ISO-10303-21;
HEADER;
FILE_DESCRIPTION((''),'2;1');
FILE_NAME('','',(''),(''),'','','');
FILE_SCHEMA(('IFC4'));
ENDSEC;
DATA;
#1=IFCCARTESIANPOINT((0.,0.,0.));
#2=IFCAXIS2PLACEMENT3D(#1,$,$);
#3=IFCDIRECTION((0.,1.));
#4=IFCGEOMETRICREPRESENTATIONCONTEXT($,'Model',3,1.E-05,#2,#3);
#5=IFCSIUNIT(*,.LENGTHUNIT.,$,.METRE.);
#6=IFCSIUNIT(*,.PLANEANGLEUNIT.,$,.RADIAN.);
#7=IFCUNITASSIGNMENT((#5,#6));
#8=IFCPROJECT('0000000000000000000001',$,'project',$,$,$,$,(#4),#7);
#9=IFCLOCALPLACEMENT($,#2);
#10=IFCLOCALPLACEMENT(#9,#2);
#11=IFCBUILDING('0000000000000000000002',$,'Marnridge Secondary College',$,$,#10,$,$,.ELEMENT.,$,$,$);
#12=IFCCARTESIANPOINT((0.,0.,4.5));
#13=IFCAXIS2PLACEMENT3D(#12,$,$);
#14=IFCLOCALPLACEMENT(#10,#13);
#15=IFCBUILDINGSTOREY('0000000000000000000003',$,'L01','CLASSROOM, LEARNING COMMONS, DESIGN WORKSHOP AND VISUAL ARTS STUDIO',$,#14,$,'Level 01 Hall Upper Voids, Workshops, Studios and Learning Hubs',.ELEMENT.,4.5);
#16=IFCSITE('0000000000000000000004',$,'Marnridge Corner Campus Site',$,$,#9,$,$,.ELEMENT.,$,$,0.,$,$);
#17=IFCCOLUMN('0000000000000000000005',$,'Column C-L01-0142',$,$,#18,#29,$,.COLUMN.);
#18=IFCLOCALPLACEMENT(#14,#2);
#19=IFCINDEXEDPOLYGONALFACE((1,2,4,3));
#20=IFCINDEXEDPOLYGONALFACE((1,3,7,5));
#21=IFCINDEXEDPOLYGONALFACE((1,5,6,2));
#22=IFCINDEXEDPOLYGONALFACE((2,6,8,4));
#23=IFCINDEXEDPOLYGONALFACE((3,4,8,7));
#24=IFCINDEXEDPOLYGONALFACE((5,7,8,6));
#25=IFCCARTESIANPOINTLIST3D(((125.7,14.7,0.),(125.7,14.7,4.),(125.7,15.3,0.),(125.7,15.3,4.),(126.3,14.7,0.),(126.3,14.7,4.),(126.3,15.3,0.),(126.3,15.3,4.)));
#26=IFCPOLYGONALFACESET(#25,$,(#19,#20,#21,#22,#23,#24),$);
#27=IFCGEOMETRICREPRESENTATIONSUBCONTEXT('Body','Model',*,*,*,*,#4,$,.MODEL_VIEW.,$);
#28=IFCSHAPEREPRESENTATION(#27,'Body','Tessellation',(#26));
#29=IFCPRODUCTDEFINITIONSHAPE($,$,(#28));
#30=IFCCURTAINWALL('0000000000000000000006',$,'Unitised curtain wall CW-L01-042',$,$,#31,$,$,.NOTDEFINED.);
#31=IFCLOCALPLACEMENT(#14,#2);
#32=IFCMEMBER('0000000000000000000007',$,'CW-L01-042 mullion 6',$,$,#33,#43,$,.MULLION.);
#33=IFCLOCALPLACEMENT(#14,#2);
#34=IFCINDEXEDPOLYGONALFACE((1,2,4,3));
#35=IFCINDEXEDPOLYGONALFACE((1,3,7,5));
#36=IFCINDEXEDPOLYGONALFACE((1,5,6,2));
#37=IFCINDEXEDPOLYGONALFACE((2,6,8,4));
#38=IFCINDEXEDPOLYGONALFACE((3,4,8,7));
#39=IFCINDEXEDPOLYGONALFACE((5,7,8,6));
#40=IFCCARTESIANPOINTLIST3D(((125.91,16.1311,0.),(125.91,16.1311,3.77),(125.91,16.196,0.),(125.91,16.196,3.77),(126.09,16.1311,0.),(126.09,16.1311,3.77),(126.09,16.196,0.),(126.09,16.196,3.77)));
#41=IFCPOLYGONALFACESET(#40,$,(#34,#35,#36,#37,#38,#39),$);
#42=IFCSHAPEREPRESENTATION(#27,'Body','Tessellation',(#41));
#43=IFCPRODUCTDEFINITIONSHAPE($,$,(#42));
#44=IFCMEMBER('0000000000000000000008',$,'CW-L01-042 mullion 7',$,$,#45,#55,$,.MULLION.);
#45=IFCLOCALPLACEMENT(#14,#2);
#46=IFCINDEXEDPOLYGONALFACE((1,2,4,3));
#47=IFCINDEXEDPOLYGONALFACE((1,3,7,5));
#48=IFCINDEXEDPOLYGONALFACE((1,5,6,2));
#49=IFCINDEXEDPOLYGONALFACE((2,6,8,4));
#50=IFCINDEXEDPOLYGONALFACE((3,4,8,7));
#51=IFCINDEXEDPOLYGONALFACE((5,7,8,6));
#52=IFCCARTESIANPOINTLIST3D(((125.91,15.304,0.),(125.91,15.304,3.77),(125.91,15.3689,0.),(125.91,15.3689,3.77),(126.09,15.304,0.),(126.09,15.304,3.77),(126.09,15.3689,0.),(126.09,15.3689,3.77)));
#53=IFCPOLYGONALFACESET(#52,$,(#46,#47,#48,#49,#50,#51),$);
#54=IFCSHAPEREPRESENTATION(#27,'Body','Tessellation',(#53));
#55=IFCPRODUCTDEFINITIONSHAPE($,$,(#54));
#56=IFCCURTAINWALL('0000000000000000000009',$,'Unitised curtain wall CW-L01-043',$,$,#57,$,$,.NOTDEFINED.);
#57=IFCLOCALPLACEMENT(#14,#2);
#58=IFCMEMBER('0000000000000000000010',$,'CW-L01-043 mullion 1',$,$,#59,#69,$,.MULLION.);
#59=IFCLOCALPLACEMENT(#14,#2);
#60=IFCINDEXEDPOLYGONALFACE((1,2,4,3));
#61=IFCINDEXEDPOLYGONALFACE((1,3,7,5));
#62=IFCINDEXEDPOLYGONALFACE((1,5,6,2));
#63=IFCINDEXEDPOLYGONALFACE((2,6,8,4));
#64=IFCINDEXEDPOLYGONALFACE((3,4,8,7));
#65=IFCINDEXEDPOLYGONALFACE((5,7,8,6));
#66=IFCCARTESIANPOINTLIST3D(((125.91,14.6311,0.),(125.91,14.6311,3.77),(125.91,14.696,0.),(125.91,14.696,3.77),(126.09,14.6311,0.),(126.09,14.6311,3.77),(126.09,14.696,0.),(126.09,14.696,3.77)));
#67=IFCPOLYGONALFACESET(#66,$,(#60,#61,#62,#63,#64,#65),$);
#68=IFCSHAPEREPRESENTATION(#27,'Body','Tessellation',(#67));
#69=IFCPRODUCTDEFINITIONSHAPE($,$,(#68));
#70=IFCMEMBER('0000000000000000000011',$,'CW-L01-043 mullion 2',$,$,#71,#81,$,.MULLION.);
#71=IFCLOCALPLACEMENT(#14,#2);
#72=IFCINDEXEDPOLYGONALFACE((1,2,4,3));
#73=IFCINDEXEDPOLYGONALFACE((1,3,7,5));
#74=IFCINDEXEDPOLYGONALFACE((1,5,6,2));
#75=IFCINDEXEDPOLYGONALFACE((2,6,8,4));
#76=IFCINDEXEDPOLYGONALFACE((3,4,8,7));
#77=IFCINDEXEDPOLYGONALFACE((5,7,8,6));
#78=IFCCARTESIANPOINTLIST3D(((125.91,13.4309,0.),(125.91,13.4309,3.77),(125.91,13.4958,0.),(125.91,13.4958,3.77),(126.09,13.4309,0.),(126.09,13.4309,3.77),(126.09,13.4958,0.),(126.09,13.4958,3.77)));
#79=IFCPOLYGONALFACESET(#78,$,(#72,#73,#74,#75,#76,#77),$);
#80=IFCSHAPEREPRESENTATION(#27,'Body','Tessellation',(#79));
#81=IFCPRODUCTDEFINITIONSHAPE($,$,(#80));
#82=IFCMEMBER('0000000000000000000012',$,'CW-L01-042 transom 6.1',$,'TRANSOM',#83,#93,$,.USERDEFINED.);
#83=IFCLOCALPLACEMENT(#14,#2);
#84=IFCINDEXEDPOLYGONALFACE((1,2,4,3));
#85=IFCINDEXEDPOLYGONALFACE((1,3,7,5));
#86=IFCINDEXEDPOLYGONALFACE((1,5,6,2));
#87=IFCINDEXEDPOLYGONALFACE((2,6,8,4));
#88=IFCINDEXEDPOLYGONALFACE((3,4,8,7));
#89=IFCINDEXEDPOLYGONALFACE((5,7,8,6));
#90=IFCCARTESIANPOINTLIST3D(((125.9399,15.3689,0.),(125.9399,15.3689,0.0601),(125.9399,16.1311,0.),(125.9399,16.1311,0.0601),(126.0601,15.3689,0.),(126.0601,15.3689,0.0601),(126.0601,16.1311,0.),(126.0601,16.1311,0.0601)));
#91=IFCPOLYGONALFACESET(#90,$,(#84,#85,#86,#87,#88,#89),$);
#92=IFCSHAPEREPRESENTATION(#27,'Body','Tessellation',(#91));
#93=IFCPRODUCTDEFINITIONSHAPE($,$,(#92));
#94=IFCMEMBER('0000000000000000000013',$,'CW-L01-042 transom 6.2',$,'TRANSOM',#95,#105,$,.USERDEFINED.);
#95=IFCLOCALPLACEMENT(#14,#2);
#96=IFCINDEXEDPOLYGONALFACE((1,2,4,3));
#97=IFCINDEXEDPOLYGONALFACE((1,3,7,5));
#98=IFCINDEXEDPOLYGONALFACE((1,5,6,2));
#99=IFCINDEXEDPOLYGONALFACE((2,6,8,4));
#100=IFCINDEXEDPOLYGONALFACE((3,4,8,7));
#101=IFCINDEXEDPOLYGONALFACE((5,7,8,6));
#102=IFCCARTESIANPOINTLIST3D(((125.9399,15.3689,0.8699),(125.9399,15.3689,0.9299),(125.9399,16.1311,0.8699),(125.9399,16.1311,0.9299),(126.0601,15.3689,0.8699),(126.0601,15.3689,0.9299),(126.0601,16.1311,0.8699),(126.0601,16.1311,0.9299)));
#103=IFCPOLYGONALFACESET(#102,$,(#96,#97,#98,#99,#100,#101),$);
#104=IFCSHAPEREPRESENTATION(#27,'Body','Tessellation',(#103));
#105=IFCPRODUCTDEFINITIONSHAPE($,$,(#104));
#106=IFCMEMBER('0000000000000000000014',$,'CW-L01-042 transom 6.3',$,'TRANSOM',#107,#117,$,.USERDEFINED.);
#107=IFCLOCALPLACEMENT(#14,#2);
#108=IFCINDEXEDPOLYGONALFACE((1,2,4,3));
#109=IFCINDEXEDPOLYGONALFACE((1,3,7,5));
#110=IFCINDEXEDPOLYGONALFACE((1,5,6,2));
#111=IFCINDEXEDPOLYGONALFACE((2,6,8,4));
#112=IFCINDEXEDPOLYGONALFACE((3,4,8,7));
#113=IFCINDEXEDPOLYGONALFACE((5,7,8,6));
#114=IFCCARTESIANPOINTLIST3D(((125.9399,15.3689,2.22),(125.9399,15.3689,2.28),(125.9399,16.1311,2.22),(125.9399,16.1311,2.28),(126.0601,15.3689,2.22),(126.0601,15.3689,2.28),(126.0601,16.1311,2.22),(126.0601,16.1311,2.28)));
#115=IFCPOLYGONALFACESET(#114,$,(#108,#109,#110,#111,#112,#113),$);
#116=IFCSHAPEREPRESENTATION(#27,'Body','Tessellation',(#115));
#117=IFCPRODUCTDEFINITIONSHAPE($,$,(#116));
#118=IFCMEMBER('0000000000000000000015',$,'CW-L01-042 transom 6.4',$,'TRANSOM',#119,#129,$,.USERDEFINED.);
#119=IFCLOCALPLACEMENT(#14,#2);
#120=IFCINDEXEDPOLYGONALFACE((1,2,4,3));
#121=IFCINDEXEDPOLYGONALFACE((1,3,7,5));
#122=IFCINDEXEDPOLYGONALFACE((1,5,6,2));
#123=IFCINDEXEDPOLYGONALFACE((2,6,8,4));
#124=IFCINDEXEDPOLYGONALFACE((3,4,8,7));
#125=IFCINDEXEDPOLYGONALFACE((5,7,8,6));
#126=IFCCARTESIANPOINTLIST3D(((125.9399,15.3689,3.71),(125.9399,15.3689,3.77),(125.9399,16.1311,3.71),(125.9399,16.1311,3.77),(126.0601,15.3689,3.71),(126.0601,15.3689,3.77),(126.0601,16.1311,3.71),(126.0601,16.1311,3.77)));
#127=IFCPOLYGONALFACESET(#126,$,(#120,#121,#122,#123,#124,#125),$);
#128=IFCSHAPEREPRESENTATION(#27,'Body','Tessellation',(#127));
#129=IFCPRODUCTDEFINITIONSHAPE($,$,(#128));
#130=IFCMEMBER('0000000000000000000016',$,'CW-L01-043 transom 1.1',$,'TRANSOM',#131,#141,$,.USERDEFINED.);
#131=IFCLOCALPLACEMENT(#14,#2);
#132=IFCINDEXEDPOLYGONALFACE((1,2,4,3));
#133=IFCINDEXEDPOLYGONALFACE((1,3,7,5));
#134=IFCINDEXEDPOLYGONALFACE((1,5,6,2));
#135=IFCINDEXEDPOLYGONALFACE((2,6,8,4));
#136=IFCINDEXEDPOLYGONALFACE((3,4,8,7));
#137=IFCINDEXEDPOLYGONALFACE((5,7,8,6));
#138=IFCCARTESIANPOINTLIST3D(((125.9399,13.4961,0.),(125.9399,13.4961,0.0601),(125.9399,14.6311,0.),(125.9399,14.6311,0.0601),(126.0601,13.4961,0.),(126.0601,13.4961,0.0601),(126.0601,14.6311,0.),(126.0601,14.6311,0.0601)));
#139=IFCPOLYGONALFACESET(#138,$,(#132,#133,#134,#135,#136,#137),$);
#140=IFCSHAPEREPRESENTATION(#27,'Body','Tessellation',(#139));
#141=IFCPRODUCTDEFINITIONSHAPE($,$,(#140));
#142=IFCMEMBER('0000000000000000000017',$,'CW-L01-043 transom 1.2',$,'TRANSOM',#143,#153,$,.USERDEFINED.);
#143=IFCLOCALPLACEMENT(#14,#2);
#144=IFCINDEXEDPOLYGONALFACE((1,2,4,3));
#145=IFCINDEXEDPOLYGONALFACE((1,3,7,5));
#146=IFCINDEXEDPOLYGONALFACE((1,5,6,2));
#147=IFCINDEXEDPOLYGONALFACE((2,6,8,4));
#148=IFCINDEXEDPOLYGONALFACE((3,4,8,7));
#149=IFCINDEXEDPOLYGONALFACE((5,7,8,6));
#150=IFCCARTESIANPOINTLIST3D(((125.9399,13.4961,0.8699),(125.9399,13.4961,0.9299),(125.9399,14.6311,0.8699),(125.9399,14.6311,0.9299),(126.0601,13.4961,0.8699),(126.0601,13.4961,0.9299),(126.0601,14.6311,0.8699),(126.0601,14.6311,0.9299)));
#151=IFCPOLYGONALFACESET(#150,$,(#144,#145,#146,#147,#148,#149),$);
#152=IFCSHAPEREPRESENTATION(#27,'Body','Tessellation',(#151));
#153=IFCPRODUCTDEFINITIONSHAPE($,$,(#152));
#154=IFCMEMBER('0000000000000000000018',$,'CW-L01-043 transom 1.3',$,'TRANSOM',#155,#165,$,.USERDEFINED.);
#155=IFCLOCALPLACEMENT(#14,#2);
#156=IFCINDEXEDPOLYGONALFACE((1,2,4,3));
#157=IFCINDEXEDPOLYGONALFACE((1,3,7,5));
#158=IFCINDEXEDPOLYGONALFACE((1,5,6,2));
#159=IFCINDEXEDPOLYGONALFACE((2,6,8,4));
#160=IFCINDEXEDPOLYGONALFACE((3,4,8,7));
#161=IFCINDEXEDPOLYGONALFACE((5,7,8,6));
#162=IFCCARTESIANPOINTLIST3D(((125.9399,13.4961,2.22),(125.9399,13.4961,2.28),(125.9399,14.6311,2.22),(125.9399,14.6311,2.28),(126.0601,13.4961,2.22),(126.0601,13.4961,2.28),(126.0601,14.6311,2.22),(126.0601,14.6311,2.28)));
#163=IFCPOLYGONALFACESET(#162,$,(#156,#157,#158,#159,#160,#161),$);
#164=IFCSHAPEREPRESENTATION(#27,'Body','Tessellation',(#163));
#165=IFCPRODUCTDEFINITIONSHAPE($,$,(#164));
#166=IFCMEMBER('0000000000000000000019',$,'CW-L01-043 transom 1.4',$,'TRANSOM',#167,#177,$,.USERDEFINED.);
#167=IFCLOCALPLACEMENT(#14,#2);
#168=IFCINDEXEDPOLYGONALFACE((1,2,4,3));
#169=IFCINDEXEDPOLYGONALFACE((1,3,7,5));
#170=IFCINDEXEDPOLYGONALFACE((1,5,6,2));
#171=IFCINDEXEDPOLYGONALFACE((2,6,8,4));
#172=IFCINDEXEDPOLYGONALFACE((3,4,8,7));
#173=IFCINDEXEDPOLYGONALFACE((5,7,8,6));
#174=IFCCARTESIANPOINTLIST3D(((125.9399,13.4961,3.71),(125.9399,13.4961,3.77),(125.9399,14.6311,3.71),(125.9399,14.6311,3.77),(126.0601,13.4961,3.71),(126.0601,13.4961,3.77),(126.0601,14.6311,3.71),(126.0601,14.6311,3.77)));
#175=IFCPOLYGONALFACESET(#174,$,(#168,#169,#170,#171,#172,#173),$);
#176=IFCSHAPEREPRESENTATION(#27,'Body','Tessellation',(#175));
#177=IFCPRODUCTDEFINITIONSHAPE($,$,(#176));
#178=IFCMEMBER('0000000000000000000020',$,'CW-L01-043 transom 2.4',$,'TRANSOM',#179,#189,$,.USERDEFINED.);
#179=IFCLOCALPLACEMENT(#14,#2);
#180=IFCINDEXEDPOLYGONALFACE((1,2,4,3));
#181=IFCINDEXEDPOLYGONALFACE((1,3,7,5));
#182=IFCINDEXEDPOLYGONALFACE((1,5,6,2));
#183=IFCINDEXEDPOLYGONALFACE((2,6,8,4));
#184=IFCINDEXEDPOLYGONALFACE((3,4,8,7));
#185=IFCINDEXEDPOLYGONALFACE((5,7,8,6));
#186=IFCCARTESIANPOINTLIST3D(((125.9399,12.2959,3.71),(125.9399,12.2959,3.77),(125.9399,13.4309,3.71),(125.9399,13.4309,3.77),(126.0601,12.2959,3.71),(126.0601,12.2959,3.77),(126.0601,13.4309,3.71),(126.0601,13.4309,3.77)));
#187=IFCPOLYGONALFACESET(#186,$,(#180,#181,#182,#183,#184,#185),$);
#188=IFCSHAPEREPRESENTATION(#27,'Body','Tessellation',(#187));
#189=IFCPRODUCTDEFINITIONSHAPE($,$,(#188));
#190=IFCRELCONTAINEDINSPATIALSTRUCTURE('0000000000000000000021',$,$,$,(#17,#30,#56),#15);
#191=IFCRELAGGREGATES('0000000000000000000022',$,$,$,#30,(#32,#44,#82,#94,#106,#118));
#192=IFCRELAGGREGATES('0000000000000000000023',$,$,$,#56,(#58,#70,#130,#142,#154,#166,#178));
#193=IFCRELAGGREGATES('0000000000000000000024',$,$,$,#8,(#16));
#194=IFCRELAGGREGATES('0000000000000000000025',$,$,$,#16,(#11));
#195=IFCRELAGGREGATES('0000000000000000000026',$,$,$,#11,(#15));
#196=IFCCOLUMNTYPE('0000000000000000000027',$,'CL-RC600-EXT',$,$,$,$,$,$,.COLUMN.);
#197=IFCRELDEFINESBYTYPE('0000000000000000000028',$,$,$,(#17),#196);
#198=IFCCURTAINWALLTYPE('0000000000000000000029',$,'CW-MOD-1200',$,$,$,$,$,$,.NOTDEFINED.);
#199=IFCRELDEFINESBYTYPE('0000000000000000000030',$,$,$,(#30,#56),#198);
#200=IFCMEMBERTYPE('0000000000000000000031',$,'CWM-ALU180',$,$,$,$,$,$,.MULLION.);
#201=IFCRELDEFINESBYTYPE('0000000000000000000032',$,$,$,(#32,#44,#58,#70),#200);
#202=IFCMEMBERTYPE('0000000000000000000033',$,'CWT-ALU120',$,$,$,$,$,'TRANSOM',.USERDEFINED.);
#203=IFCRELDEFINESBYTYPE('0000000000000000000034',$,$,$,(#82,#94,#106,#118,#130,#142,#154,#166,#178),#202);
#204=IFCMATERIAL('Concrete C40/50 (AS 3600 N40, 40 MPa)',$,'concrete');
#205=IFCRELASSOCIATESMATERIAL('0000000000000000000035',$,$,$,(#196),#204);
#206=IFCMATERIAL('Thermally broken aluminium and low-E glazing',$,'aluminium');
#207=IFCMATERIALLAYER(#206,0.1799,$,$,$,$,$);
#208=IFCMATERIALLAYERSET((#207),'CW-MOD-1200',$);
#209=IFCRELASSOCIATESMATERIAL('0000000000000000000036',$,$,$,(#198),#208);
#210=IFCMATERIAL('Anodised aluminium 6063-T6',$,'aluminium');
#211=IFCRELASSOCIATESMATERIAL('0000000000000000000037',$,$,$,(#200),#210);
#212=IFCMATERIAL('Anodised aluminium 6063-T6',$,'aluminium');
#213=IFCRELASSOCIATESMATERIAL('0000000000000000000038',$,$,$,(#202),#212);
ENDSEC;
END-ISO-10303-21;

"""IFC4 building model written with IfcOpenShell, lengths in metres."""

from ifc_helpers import new_model, si_unit, direction, frame, origin, origin_2d, place, context, subcontext, project, spatial, rectangle, extrude, material, layer, layer_set, material_profile, profile_set, type_object, element, aggregate, save


model = new_model("IFC4")

# Units and contexts
model_context = context("Model", 3, precision=1e-05, world=origin(), true_north=direction((0.0, 1.0)))
body_context = subcontext(model_context, "Body", "Model", "MODEL_VIEW")
ifc_project = project(units=[si_unit("LENGTHUNIT", "METRE"), si_unit("PLANEANGLEUNIT", "RADIAN")], contexts=[model_context])

# Site, building, storey
site_placement = place(None, origin())
site = spatial("IfcSite", under=ifc_project, at=site_placement, Name="Marnridge Corner Campus Site", CompositionType="ELEMENT", RefElevation=0.0)
building_placement = place(site_placement, origin())
building = spatial("IfcBuilding", under=site, at=building_placement, Name="Marnridge Secondary College", CompositionType="ELEMENT")
storey_placement = place(building_placement, frame((0.0, 0.0, 4.5)))
storey = spatial("IfcBuildingStorey", under=building, at=storey_placement, Name="L01", Description="CLASSROOM, LEARNING COMMONS, DESIGN WORKSHOP AND VISUAL ARTS STUDIO", LongName="Level 01 Hall Upper Voids, Workshops, Studios and Learning Hubs", CompositionType="ELEMENT", Elevation=4.5)

# Column
ifc_material_1 = material(Name="Concrete C40/50 (AS 3600 N40, 40 MPa)", Category="concrete")
ifc_material_profile_1 = material_profile(ifc_material_1, rectangle(XDim=0.6001, YDim=0.6001, at=origin_2d()), Name="RC 600x600")
ifc_profile_set_1 = profile_set([ifc_material_profile_1], Name="Concrete C40/50 (AS 3600 N40, 40 MPa)")
column_type = type_object("IfcColumnType", Name="CL-RC600-EXT", PredefinedType="COLUMN", material=ifc_profile_set_1)
column_placement = place(storey_placement, frame((126.0, 15.0, 0.0), z_axis=(0.0, 0.0, 1.0), x_axis=(1.0, 0.0, 0.0)))
element("IfcColumn", 1, at=column_placement, inside=storey, type_object=column_type, Name="Column C-L01-0142", PredefinedType="COLUMN", context=body_context, shape_type="SweptSolid", body=[
    extrude(rectangle(XDim=0.6001, YDim=0.6001, at=origin_2d()), origin(), (0.0, 0.0, 1.0), 4.0),
])

# Curtain walls, members
ifc_material_2 = material(Name="Thermally broken aluminium and low-E glazing", Category="aluminium")
ifc_layer_1 = layer(ifc_material_2, 0.1799)
ifc_layer_set_1 = layer_set([ifc_layer_1], Name="CW-MOD-1200")
curtain_wall_type = type_object("IfcCurtainWallType", Name="CW-MOD-1200", PredefinedType="NOTDEFINED", material=ifc_layer_set_1)
curtain_wall_1_placement = place(storey_placement, origin())
curtain_wall_1 = element("IfcCurtainWall", 2, at=curtain_wall_1_placement, inside=storey, type_object=curtain_wall_type, Name="Unitised curtain wall CW-L01-042", PredefinedType="NOTDEFINED")
ifc_material_3 = material(Name="Anodised aluminium 6063-T6", Category="aluminium")
ifc_material_profile_2 = material_profile(ifc_material_3, rectangle(XDim=0.0649, YDim=0.1799, at=origin_2d()), Name="ALU 65x180")
ifc_profile_set_2 = profile_set([ifc_material_profile_2], Name="Anodised aluminium 6063-T6")
member_type_1 = type_object("IfcMemberType", Name="CWM-ALU180", PredefinedType="MULLION", material=ifc_profile_set_2)
member_1_placement = place(storey_placement, frame((126.0, 16.1636, 0.0), z_axis=(0.0, 0.0, 1.0), x_axis=(0.0, -1.0, 0.0)))
member_1 = element("IfcMember", 3, at=member_1_placement, type_object=member_type_1, Name="CW-L01-042 mullion 6", PredefinedType="MULLION", context=body_context, shape_type="SweptSolid", body=[
    extrude(rectangle(XDim=0.0649, YDim=0.1799, at=origin_2d()), origin(), (0.0, 0.0, 1.0), 3.77),
])
member_2_placement = place(storey_placement, frame((126.0, 15.3364, 0.0), z_axis=(0.0, 0.0, 1.0), x_axis=(0.0, -1.0, 0.0)))
member_2 = element("IfcMember", 4, at=member_2_placement, type_object=member_type_1, Name="CW-L01-042 mullion 7", PredefinedType="MULLION", context=body_context, shape_type="SweptSolid", body=[
    extrude(rectangle(XDim=0.0649, YDim=0.1799, at=origin_2d()), origin(), (0.0, 0.0, 1.0), 3.77),
])
curtain_wall_2_placement = place(storey_placement, origin())
curtain_wall_2 = element("IfcCurtainWall", 5, at=curtain_wall_2_placement, inside=storey, type_object=curtain_wall_type, Name="Unitised curtain wall CW-L01-043", PredefinedType="NOTDEFINED")
member_3_placement = place(storey_placement, frame((126.0, 14.6636, 0.0), z_axis=(0.0, 0.0, 1.0), x_axis=(0.0, -1.0, 0.0)))
member_3 = element("IfcMember", 6, at=member_3_placement, type_object=member_type_1, Name="CW-L01-043 mullion 1", PredefinedType="MULLION", context=body_context, shape_type="SweptSolid", body=[
    extrude(rectangle(XDim=0.0649, YDim=0.1799, at=origin_2d()), origin(), (0.0, 0.0, 1.0), 3.77),
])
member_4_placement = place(storey_placement, frame((126.0, 13.4634, 0.0), z_axis=(0.0, 0.0, 1.0), x_axis=(0.0, -1.0, 0.0)))
member_4 = element("IfcMember", 7, at=member_4_placement, type_object=member_type_1, Name="CW-L01-043 mullion 2", PredefinedType="MULLION", context=body_context, shape_type="SweptSolid", body=[
    extrude(rectangle(XDim=0.0649, YDim=0.1799, at=origin_2d()), origin(), (0.0, 0.0, 1.0), 3.77),
])

# Members
ifc_material_4 = material(Name="Anodised aluminium 6063-T6", Category="aluminium")
ifc_material_profile_3 = material_profile(ifc_material_4, rectangle(XDim=0.0601, YDim=0.1201, at=origin_2d()), Name="ALU 60x120")
ifc_profile_set_3 = profile_set([ifc_material_profile_3], Name="Anodised aluminium 6063-T6")
member_type_2 = type_object("IfcMemberType", Name="CWT-ALU120", ElementType="TRANSOM", PredefinedType="USERDEFINED", material=ifc_profile_set_3)
member_5_placement = place(storey_placement, frame((126.0, 16.1311, 0.03), z_axis=(0.0, -1.0, 0.0), x_axis=(0.0, 0.0, 1.0)))
member_5 = element("IfcMember", 8, at=member_5_placement, type_object=member_type_2, Name="CW-L01-042 transom 6.1", ObjectType="TRANSOM", PredefinedType="USERDEFINED", context=body_context, shape_type="SweptSolid", body=[
    extrude(rectangle(XDim=0.0601, YDim=0.1201, at=origin_2d()), origin(), (0.0, 0.0, 1.0), 0.7622),
])
member_6_placement = place(storey_placement, frame((126.0, 16.1311, 0.8999), z_axis=(0.0, -1.0, 0.0), x_axis=(0.0, 0.0, 1.0)))
member_6 = element("IfcMember", 9, at=member_6_placement, type_object=member_type_2, Name="CW-L01-042 transom 6.2", ObjectType="TRANSOM", PredefinedType="USERDEFINED", context=body_context, shape_type="SweptSolid", body=[
    extrude(rectangle(XDim=0.0601, YDim=0.1201, at=origin_2d()), origin(), (0.0, 0.0, 1.0), 0.7622),
])
member_7_placement = place(storey_placement, frame((126.0, 16.1311, 2.25), z_axis=(0.0, -1.0, 0.0), x_axis=(0.0, 0.0, 1.0)))
member_7 = element("IfcMember", 10, at=member_7_placement, type_object=member_type_2, Name="CW-L01-042 transom 6.3", ObjectType="TRANSOM", PredefinedType="USERDEFINED", context=body_context, shape_type="SweptSolid", body=[
    extrude(rectangle(XDim=0.0601, YDim=0.1201, at=origin_2d()), origin(), (0.0, 0.0, 1.0), 0.7622),
])
member_8_placement = place(storey_placement, frame((126.0, 16.1311, 3.74), z_axis=(0.0, -1.0, 0.0), x_axis=(0.0, 0.0, 1.0)))
member_8 = element("IfcMember", 11, at=member_8_placement, type_object=member_type_2, Name="CW-L01-042 transom 6.4", ObjectType="TRANSOM", PredefinedType="USERDEFINED", context=body_context, shape_type="SweptSolid", body=[
    extrude(rectangle(XDim=0.0601, YDim=0.1201, at=origin_2d()), origin(), (0.0, 0.0, 1.0), 0.7622),
])
member_9_placement = place(storey_placement, frame((126.0, 14.6311, 0.03), z_axis=(0.0, -1.0, 0.0), x_axis=(0.0, 0.0, 1.0)))
member_9 = element("IfcMember", 12, at=member_9_placement, type_object=member_type_2, Name="CW-L01-043 transom 1.1", ObjectType="TRANSOM", PredefinedType="USERDEFINED", context=body_context, shape_type="SweptSolid", body=[
    extrude(rectangle(XDim=0.0601, YDim=0.1201, at=origin_2d()), origin(), (0.0, 0.0, 1.0), 1.135),
])
member_10_placement = place(storey_placement, frame((126.0, 14.6311, 0.8999), z_axis=(0.0, -1.0, 0.0), x_axis=(0.0, 0.0, 1.0)))
member_10 = element("IfcMember", 13, at=member_10_placement, type_object=member_type_2, Name="CW-L01-043 transom 1.2", ObjectType="TRANSOM", PredefinedType="USERDEFINED", context=body_context, shape_type="SweptSolid", body=[
    extrude(rectangle(XDim=0.0601, YDim=0.1201, at=origin_2d()), origin(), (0.0, 0.0, 1.0), 1.135),
])
member_11_placement = place(storey_placement, frame((126.0, 14.6311, 2.25), z_axis=(0.0, -1.0, 0.0), x_axis=(0.0, 0.0, 1.0)))
member_11 = element("IfcMember", 14, at=member_11_placement, type_object=member_type_2, Name="CW-L01-043 transom 1.3", ObjectType="TRANSOM", PredefinedType="USERDEFINED", context=body_context, shape_type="SweptSolid", body=[
    extrude(rectangle(XDim=0.0601, YDim=0.1201, at=origin_2d()), origin(), (0.0, 0.0, 1.0), 1.135),
])
member_12_placement = place(storey_placement, frame((126.0, 14.6311, 3.74), z_axis=(0.0, -1.0, 0.0), x_axis=(0.0, 0.0, 1.0)))
member_12 = element("IfcMember", 15, at=member_12_placement, type_object=member_type_2, Name="CW-L01-043 transom 1.4", ObjectType="TRANSOM", PredefinedType="USERDEFINED", context=body_context, shape_type="SweptSolid", body=[
    extrude(rectangle(XDim=0.0601, YDim=0.1201, at=origin_2d()), origin(), (0.0, 0.0, 1.0), 1.135),
])
member_13_placement = place(storey_placement, frame((126.0, 13.4309, 3.74), z_axis=(0.0, -1.0, 0.0), x_axis=(0.0, 0.0, 1.0)))
member_13 = element("IfcMember", 16, at=member_13_placement, type_object=member_type_2, Name="CW-L01-043 transom 2.4", ObjectType="TRANSOM", PredefinedType="USERDEFINED", context=body_context, shape_type="SweptSolid", body=[
    extrude(rectangle(XDim=0.0601, YDim=0.1201, at=origin_2d()), origin(), (0.0, 0.0, 1.0), 1.135),
])

aggregate(curtain_wall_1, [member_1, member_2, member_5, member_6, member_7, member_8])
aggregate(curtain_wall_2, [member_3, member_4, member_9, member_10, member_11, member_12, member_13])

save(model, "model.ifc")
